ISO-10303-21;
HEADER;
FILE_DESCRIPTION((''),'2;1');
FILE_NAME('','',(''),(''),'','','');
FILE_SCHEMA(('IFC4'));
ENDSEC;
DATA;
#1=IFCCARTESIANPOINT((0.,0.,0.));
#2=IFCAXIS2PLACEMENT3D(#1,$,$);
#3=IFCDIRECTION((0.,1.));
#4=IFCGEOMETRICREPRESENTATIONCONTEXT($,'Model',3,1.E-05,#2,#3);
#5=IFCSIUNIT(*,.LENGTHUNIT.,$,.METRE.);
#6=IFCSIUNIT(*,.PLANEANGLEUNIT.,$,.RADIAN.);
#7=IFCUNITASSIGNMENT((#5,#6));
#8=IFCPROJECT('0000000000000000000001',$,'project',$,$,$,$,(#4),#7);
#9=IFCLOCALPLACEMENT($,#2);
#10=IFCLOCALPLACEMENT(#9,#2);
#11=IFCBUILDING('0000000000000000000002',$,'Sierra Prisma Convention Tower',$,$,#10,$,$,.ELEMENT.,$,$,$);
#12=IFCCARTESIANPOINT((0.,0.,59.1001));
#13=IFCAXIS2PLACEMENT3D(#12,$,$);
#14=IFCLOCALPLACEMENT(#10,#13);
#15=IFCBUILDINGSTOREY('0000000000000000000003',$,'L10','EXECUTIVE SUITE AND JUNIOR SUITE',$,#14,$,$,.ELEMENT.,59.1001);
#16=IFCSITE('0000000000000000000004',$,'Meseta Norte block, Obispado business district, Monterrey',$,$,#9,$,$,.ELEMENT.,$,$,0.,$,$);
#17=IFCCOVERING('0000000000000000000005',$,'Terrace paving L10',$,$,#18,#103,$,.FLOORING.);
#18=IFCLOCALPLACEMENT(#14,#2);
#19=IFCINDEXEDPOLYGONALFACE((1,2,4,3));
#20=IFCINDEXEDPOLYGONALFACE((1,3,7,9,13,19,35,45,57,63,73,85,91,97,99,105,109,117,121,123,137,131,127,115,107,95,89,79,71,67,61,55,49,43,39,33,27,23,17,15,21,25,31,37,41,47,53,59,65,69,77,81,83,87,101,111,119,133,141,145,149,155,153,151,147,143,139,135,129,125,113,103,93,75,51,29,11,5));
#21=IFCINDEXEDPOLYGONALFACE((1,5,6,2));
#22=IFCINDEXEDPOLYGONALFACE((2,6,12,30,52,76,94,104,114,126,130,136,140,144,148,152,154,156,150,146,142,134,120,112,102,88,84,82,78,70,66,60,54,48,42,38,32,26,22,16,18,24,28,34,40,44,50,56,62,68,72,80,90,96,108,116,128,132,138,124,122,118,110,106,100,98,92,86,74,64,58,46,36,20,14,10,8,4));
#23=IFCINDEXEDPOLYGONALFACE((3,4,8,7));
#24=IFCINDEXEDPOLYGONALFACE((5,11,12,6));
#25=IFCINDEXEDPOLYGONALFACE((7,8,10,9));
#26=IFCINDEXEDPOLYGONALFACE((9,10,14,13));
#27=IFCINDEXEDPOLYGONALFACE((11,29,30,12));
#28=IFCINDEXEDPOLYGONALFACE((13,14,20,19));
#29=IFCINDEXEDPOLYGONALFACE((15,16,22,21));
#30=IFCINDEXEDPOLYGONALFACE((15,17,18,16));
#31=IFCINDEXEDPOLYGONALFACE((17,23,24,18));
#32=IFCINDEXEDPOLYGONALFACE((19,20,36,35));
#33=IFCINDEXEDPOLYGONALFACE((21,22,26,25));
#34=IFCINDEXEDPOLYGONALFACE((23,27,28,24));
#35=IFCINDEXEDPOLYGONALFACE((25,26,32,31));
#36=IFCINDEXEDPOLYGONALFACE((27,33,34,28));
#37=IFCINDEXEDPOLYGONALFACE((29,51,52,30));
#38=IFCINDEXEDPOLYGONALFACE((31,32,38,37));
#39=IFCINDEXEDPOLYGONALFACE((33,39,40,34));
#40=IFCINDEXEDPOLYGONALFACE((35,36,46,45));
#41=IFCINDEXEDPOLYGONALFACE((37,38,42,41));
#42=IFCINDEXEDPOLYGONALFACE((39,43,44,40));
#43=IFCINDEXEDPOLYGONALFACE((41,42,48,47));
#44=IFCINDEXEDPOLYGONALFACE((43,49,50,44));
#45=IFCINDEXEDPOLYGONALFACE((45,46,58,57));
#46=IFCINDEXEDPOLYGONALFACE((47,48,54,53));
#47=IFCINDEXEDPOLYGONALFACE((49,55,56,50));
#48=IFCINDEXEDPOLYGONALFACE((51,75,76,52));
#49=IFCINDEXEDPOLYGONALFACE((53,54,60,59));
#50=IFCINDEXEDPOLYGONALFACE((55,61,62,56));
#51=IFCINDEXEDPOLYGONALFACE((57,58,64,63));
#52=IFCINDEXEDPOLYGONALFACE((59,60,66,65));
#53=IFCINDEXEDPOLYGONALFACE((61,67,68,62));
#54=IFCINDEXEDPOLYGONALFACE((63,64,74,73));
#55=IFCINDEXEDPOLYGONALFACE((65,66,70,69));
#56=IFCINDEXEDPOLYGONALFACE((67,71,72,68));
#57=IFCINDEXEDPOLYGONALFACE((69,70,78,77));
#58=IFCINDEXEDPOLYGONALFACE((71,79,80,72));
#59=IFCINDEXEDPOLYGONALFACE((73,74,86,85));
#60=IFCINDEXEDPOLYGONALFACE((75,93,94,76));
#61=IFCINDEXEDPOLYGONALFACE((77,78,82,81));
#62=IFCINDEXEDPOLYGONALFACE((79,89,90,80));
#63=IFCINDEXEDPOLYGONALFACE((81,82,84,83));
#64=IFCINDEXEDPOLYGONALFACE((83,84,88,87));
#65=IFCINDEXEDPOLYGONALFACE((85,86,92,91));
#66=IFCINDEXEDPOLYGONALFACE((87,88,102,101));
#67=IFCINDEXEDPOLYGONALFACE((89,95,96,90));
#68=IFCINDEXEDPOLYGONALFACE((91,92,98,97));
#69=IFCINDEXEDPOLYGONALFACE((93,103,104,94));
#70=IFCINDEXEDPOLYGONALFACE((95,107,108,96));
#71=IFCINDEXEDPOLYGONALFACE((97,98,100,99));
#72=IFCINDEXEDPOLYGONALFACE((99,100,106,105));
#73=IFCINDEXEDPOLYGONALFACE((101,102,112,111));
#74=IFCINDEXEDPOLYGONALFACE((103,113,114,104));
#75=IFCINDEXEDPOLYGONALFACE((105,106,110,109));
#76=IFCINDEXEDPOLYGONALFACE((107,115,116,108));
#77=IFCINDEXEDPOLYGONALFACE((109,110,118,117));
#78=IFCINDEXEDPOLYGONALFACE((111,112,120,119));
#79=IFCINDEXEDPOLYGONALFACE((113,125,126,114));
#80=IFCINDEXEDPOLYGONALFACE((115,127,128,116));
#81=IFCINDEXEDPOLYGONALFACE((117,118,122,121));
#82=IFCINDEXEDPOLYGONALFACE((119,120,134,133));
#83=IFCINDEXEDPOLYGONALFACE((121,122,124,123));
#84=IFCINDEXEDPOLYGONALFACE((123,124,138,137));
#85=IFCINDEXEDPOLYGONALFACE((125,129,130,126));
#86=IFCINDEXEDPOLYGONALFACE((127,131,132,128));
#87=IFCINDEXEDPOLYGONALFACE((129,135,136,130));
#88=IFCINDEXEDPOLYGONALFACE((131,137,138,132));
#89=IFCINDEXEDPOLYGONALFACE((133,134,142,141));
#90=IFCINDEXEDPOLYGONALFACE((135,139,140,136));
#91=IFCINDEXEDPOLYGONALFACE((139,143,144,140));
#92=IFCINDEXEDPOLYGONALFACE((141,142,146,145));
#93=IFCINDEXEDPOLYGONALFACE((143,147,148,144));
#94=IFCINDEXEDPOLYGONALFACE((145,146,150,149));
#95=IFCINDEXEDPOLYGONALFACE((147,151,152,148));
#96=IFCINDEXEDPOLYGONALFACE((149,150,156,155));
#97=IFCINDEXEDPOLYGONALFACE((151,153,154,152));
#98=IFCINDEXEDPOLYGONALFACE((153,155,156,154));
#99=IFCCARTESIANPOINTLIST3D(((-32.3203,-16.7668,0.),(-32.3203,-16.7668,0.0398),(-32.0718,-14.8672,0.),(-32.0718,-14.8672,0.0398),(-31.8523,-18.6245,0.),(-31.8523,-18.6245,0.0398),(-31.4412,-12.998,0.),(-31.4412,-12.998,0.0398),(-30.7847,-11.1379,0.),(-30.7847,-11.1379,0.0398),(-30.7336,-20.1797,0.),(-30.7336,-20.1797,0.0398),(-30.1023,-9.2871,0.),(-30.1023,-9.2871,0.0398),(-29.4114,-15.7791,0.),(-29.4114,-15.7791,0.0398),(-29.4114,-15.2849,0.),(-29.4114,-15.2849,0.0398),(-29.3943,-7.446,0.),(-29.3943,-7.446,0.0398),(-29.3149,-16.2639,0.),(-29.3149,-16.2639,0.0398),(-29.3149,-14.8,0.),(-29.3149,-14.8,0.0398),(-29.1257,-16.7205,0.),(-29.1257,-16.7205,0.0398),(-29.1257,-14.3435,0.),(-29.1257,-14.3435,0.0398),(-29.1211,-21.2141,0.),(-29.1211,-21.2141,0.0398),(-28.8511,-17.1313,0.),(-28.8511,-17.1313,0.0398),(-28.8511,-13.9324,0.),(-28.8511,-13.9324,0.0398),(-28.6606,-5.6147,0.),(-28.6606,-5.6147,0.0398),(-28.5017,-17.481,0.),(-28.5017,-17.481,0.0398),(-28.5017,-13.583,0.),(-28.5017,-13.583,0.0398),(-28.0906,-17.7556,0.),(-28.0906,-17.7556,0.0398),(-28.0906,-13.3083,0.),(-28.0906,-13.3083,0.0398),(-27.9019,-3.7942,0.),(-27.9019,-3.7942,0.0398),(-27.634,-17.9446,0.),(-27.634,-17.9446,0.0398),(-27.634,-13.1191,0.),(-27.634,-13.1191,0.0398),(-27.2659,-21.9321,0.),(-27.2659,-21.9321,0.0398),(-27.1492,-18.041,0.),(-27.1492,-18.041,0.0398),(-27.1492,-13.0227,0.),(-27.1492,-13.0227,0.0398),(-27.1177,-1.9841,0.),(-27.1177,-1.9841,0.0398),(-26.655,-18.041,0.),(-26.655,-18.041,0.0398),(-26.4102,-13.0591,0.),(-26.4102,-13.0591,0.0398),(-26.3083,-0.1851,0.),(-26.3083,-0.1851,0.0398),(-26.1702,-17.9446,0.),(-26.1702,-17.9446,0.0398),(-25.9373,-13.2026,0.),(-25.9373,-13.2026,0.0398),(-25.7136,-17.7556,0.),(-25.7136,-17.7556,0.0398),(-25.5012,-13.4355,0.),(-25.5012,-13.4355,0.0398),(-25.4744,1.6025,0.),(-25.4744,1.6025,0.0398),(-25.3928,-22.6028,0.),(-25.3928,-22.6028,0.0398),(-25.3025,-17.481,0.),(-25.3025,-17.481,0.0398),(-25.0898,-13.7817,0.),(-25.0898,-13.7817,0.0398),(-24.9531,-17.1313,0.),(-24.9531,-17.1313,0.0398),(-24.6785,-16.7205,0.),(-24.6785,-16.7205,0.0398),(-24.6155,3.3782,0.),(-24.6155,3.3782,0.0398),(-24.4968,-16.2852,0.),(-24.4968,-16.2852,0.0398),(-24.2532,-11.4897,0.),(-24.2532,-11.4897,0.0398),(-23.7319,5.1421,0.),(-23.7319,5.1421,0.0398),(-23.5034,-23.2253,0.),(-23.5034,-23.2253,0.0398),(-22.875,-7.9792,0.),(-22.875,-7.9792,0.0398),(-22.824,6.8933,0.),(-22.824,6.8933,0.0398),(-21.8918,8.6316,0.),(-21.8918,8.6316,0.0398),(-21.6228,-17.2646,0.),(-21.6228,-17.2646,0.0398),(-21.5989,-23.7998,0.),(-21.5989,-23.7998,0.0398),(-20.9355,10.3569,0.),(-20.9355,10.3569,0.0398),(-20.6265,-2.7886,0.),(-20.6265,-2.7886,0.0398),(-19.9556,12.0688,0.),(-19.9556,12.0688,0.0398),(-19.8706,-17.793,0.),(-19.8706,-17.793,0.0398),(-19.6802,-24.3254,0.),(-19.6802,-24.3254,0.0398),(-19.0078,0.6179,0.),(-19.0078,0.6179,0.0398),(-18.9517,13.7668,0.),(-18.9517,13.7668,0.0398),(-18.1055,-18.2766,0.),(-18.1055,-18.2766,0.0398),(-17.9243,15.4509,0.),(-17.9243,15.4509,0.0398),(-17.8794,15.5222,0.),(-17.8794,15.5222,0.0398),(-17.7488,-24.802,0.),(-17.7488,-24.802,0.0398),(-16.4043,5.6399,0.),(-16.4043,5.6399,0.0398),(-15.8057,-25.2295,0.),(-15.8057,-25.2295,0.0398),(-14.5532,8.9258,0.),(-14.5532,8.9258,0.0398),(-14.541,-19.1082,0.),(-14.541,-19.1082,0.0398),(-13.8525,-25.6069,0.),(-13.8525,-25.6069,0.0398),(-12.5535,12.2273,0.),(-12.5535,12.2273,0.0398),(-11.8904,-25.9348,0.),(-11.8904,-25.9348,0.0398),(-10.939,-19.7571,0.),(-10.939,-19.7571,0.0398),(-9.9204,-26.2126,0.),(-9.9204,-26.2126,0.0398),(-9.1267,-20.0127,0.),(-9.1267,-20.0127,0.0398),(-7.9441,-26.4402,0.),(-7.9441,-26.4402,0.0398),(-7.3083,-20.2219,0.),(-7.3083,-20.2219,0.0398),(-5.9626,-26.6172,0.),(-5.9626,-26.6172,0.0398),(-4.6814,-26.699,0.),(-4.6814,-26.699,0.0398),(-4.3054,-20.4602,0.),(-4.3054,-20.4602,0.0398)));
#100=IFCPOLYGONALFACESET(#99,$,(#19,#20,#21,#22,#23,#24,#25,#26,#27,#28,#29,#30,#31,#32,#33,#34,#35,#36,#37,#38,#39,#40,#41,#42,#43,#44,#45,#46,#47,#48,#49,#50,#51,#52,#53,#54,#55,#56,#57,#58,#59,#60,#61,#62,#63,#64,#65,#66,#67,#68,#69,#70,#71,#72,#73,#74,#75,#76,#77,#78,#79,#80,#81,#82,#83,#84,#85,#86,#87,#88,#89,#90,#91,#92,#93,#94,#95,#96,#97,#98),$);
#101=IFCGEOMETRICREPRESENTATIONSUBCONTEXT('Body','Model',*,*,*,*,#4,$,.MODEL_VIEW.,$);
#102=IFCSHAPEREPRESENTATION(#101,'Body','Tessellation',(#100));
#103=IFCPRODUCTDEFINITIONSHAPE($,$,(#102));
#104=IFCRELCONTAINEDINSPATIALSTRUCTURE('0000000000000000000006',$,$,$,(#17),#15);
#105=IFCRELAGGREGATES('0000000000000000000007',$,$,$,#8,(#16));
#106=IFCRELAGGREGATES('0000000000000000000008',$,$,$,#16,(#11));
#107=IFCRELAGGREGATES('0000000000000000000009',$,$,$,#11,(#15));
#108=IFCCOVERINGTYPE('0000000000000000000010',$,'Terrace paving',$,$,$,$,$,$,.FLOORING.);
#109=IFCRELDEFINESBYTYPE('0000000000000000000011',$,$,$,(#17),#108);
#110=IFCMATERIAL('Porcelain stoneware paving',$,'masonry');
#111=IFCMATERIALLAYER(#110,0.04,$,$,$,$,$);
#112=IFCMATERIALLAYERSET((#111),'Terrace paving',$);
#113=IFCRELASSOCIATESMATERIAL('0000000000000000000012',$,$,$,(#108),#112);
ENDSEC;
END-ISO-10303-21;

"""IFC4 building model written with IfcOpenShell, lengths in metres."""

from ifc_helpers import new_model, si_unit, direction, frame, origin, place, context, subcontext, project, spatial, polyline, outline, extrude, material, layer, layer_set, type_object, element, save


model = new_model("IFC4")

# Units and contexts
model_context = context("Model", 3, precision=1e-05, world=origin(), true_north=direction((0.0, 1.0)))
body_context = subcontext(model_context, "Body", "Model", "MODEL_VIEW")
ifc_project = project(units=[si_unit("LENGTHUNIT", "METRE"), si_unit("PLANEANGLEUNIT", "RADIAN")], contexts=[model_context])

# Site, building, storey
site_placement = place(None, origin())
site = spatial("IfcSite", under=ifc_project, at=site_placement, Name="Meseta Norte block, Obispado business district, Monterrey", CompositionType="ELEMENT", RefElevation=0.0)
building_placement = place(site_placement, origin())
building = spatial("IfcBuilding", under=site, at=building_placement, Name="Sierra Prisma Convention Tower", CompositionType="ELEMENT")
storey_placement = place(building_placement, frame((0.0, 0.0, 59.1001)))
storey = spatial("IfcBuildingStorey", under=building, at=storey_placement, Name="L10", Description="EXECUTIVE SUITE AND JUNIOR SUITE", CompositionType="ELEMENT", Elevation=59.1001)

# Covering
ifc_material_1 = material(Name="Porcelain stoneware paving", Category="masonry")
ifc_layer_1 = layer(ifc_material_1, 0.04)
ifc_layer_set_1 = layer_set([ifc_layer_1], Name="Terrace paving")
covering_type_1 = type_object("IfcCoveringType", Name="Terrace paving", PredefinedType="FLOORING", material=ifc_layer_set_1)
covering_1_placement = place(storey_placement, origin())
element("IfcCovering", 1, at=covering_1_placement, inside=storey, type_object=covering_type_1, Name="Terrace paving L10", PredefinedType="FLOORING", context=body_context, shape_type="SweptSolid", body=[
    extrude(outline(polyline([(-17.8794, 15.5222), (-17.9243, 15.4509), (-18.9517, 13.7668), (-19.9556, 12.0688), (-20.9355, 10.3569), (-21.8918, 8.6316), (-22.824, 6.8933), (-23.7319, 5.1421), (-24.6155, 3.3782), (-25.4744, 1.6025), (-26.3083, -0.1851), (-27.1177, -1.9841), (-27.9019, -3.7942), (-28.6606, -5.6147), (-29.3943, -7.446), (-30.1023, -9.2871), (-30.7847, -11.1379), (-31.4412, -12.998), (-32.0718, -14.8672), (-32.3203, -16.7668), (-31.8523, -18.6245), (-30.7336, -20.1797), (-29.1211, -21.2141), (-27.2659, -21.9321), (-25.3928, -22.6028), (-23.5034, -23.2253), (-21.5989, -23.7998), (-19.6802, -24.3254), (-17.7488, -24.802), (-15.8057, -25.2295), (-13.8525, -25.6069), (-11.8904, -25.9348), (-9.9204, -26.2126), (-7.9441, -26.4402), (-5.9626, -26.6172), (-4.6814, -26.699), (-4.3054, -20.4602), (-7.3083, -20.2219), (-9.1267, -20.0127), (-10.939, -19.7571), (-14.541, -19.1082), (-18.1055, -18.2766), (-19.8706, -17.793), (-21.6228, -17.2646), (-24.4968, -16.2852), (-24.6785, -16.7205), (-24.9531, -17.1313), (-25.3025, -17.481), (-25.7136, -17.7556), (-26.1702, -17.9446), (-26.655, -18.041), (-27.1492, -18.041), (-27.634, -17.9446), (-28.0906, -17.7556), (-28.5017, -17.481), (-28.8511, -17.1313), (-29.1257, -16.7205), (-29.3149, -16.2639), (-29.4114, -15.7791), (-29.4114, -15.2849), (-29.3149, -14.8), (-29.1257, -14.3435), (-28.8511, -13.9324), (-28.5017, -13.583), (-28.0906, -13.3083), (-27.634, -13.1191), (-27.1492, -13.0227), (-26.4102, -13.0591), (-25.9373, -13.2026), (-25.5012, -13.4355), (-25.0898, -13.7817), (-24.2532, -11.4897), (-22.875, -7.9792), (-20.6265, -2.7886), (-19.0078, 0.6179), (-16.4043, 5.6399), (-14.5532, 8.9258), (-12.5535, 12.2273), (-17.8794, 15.5222)])), origin(), (0.0, 0.0, 1.0), 0.0398),
])

save(model, "model.ifc")
